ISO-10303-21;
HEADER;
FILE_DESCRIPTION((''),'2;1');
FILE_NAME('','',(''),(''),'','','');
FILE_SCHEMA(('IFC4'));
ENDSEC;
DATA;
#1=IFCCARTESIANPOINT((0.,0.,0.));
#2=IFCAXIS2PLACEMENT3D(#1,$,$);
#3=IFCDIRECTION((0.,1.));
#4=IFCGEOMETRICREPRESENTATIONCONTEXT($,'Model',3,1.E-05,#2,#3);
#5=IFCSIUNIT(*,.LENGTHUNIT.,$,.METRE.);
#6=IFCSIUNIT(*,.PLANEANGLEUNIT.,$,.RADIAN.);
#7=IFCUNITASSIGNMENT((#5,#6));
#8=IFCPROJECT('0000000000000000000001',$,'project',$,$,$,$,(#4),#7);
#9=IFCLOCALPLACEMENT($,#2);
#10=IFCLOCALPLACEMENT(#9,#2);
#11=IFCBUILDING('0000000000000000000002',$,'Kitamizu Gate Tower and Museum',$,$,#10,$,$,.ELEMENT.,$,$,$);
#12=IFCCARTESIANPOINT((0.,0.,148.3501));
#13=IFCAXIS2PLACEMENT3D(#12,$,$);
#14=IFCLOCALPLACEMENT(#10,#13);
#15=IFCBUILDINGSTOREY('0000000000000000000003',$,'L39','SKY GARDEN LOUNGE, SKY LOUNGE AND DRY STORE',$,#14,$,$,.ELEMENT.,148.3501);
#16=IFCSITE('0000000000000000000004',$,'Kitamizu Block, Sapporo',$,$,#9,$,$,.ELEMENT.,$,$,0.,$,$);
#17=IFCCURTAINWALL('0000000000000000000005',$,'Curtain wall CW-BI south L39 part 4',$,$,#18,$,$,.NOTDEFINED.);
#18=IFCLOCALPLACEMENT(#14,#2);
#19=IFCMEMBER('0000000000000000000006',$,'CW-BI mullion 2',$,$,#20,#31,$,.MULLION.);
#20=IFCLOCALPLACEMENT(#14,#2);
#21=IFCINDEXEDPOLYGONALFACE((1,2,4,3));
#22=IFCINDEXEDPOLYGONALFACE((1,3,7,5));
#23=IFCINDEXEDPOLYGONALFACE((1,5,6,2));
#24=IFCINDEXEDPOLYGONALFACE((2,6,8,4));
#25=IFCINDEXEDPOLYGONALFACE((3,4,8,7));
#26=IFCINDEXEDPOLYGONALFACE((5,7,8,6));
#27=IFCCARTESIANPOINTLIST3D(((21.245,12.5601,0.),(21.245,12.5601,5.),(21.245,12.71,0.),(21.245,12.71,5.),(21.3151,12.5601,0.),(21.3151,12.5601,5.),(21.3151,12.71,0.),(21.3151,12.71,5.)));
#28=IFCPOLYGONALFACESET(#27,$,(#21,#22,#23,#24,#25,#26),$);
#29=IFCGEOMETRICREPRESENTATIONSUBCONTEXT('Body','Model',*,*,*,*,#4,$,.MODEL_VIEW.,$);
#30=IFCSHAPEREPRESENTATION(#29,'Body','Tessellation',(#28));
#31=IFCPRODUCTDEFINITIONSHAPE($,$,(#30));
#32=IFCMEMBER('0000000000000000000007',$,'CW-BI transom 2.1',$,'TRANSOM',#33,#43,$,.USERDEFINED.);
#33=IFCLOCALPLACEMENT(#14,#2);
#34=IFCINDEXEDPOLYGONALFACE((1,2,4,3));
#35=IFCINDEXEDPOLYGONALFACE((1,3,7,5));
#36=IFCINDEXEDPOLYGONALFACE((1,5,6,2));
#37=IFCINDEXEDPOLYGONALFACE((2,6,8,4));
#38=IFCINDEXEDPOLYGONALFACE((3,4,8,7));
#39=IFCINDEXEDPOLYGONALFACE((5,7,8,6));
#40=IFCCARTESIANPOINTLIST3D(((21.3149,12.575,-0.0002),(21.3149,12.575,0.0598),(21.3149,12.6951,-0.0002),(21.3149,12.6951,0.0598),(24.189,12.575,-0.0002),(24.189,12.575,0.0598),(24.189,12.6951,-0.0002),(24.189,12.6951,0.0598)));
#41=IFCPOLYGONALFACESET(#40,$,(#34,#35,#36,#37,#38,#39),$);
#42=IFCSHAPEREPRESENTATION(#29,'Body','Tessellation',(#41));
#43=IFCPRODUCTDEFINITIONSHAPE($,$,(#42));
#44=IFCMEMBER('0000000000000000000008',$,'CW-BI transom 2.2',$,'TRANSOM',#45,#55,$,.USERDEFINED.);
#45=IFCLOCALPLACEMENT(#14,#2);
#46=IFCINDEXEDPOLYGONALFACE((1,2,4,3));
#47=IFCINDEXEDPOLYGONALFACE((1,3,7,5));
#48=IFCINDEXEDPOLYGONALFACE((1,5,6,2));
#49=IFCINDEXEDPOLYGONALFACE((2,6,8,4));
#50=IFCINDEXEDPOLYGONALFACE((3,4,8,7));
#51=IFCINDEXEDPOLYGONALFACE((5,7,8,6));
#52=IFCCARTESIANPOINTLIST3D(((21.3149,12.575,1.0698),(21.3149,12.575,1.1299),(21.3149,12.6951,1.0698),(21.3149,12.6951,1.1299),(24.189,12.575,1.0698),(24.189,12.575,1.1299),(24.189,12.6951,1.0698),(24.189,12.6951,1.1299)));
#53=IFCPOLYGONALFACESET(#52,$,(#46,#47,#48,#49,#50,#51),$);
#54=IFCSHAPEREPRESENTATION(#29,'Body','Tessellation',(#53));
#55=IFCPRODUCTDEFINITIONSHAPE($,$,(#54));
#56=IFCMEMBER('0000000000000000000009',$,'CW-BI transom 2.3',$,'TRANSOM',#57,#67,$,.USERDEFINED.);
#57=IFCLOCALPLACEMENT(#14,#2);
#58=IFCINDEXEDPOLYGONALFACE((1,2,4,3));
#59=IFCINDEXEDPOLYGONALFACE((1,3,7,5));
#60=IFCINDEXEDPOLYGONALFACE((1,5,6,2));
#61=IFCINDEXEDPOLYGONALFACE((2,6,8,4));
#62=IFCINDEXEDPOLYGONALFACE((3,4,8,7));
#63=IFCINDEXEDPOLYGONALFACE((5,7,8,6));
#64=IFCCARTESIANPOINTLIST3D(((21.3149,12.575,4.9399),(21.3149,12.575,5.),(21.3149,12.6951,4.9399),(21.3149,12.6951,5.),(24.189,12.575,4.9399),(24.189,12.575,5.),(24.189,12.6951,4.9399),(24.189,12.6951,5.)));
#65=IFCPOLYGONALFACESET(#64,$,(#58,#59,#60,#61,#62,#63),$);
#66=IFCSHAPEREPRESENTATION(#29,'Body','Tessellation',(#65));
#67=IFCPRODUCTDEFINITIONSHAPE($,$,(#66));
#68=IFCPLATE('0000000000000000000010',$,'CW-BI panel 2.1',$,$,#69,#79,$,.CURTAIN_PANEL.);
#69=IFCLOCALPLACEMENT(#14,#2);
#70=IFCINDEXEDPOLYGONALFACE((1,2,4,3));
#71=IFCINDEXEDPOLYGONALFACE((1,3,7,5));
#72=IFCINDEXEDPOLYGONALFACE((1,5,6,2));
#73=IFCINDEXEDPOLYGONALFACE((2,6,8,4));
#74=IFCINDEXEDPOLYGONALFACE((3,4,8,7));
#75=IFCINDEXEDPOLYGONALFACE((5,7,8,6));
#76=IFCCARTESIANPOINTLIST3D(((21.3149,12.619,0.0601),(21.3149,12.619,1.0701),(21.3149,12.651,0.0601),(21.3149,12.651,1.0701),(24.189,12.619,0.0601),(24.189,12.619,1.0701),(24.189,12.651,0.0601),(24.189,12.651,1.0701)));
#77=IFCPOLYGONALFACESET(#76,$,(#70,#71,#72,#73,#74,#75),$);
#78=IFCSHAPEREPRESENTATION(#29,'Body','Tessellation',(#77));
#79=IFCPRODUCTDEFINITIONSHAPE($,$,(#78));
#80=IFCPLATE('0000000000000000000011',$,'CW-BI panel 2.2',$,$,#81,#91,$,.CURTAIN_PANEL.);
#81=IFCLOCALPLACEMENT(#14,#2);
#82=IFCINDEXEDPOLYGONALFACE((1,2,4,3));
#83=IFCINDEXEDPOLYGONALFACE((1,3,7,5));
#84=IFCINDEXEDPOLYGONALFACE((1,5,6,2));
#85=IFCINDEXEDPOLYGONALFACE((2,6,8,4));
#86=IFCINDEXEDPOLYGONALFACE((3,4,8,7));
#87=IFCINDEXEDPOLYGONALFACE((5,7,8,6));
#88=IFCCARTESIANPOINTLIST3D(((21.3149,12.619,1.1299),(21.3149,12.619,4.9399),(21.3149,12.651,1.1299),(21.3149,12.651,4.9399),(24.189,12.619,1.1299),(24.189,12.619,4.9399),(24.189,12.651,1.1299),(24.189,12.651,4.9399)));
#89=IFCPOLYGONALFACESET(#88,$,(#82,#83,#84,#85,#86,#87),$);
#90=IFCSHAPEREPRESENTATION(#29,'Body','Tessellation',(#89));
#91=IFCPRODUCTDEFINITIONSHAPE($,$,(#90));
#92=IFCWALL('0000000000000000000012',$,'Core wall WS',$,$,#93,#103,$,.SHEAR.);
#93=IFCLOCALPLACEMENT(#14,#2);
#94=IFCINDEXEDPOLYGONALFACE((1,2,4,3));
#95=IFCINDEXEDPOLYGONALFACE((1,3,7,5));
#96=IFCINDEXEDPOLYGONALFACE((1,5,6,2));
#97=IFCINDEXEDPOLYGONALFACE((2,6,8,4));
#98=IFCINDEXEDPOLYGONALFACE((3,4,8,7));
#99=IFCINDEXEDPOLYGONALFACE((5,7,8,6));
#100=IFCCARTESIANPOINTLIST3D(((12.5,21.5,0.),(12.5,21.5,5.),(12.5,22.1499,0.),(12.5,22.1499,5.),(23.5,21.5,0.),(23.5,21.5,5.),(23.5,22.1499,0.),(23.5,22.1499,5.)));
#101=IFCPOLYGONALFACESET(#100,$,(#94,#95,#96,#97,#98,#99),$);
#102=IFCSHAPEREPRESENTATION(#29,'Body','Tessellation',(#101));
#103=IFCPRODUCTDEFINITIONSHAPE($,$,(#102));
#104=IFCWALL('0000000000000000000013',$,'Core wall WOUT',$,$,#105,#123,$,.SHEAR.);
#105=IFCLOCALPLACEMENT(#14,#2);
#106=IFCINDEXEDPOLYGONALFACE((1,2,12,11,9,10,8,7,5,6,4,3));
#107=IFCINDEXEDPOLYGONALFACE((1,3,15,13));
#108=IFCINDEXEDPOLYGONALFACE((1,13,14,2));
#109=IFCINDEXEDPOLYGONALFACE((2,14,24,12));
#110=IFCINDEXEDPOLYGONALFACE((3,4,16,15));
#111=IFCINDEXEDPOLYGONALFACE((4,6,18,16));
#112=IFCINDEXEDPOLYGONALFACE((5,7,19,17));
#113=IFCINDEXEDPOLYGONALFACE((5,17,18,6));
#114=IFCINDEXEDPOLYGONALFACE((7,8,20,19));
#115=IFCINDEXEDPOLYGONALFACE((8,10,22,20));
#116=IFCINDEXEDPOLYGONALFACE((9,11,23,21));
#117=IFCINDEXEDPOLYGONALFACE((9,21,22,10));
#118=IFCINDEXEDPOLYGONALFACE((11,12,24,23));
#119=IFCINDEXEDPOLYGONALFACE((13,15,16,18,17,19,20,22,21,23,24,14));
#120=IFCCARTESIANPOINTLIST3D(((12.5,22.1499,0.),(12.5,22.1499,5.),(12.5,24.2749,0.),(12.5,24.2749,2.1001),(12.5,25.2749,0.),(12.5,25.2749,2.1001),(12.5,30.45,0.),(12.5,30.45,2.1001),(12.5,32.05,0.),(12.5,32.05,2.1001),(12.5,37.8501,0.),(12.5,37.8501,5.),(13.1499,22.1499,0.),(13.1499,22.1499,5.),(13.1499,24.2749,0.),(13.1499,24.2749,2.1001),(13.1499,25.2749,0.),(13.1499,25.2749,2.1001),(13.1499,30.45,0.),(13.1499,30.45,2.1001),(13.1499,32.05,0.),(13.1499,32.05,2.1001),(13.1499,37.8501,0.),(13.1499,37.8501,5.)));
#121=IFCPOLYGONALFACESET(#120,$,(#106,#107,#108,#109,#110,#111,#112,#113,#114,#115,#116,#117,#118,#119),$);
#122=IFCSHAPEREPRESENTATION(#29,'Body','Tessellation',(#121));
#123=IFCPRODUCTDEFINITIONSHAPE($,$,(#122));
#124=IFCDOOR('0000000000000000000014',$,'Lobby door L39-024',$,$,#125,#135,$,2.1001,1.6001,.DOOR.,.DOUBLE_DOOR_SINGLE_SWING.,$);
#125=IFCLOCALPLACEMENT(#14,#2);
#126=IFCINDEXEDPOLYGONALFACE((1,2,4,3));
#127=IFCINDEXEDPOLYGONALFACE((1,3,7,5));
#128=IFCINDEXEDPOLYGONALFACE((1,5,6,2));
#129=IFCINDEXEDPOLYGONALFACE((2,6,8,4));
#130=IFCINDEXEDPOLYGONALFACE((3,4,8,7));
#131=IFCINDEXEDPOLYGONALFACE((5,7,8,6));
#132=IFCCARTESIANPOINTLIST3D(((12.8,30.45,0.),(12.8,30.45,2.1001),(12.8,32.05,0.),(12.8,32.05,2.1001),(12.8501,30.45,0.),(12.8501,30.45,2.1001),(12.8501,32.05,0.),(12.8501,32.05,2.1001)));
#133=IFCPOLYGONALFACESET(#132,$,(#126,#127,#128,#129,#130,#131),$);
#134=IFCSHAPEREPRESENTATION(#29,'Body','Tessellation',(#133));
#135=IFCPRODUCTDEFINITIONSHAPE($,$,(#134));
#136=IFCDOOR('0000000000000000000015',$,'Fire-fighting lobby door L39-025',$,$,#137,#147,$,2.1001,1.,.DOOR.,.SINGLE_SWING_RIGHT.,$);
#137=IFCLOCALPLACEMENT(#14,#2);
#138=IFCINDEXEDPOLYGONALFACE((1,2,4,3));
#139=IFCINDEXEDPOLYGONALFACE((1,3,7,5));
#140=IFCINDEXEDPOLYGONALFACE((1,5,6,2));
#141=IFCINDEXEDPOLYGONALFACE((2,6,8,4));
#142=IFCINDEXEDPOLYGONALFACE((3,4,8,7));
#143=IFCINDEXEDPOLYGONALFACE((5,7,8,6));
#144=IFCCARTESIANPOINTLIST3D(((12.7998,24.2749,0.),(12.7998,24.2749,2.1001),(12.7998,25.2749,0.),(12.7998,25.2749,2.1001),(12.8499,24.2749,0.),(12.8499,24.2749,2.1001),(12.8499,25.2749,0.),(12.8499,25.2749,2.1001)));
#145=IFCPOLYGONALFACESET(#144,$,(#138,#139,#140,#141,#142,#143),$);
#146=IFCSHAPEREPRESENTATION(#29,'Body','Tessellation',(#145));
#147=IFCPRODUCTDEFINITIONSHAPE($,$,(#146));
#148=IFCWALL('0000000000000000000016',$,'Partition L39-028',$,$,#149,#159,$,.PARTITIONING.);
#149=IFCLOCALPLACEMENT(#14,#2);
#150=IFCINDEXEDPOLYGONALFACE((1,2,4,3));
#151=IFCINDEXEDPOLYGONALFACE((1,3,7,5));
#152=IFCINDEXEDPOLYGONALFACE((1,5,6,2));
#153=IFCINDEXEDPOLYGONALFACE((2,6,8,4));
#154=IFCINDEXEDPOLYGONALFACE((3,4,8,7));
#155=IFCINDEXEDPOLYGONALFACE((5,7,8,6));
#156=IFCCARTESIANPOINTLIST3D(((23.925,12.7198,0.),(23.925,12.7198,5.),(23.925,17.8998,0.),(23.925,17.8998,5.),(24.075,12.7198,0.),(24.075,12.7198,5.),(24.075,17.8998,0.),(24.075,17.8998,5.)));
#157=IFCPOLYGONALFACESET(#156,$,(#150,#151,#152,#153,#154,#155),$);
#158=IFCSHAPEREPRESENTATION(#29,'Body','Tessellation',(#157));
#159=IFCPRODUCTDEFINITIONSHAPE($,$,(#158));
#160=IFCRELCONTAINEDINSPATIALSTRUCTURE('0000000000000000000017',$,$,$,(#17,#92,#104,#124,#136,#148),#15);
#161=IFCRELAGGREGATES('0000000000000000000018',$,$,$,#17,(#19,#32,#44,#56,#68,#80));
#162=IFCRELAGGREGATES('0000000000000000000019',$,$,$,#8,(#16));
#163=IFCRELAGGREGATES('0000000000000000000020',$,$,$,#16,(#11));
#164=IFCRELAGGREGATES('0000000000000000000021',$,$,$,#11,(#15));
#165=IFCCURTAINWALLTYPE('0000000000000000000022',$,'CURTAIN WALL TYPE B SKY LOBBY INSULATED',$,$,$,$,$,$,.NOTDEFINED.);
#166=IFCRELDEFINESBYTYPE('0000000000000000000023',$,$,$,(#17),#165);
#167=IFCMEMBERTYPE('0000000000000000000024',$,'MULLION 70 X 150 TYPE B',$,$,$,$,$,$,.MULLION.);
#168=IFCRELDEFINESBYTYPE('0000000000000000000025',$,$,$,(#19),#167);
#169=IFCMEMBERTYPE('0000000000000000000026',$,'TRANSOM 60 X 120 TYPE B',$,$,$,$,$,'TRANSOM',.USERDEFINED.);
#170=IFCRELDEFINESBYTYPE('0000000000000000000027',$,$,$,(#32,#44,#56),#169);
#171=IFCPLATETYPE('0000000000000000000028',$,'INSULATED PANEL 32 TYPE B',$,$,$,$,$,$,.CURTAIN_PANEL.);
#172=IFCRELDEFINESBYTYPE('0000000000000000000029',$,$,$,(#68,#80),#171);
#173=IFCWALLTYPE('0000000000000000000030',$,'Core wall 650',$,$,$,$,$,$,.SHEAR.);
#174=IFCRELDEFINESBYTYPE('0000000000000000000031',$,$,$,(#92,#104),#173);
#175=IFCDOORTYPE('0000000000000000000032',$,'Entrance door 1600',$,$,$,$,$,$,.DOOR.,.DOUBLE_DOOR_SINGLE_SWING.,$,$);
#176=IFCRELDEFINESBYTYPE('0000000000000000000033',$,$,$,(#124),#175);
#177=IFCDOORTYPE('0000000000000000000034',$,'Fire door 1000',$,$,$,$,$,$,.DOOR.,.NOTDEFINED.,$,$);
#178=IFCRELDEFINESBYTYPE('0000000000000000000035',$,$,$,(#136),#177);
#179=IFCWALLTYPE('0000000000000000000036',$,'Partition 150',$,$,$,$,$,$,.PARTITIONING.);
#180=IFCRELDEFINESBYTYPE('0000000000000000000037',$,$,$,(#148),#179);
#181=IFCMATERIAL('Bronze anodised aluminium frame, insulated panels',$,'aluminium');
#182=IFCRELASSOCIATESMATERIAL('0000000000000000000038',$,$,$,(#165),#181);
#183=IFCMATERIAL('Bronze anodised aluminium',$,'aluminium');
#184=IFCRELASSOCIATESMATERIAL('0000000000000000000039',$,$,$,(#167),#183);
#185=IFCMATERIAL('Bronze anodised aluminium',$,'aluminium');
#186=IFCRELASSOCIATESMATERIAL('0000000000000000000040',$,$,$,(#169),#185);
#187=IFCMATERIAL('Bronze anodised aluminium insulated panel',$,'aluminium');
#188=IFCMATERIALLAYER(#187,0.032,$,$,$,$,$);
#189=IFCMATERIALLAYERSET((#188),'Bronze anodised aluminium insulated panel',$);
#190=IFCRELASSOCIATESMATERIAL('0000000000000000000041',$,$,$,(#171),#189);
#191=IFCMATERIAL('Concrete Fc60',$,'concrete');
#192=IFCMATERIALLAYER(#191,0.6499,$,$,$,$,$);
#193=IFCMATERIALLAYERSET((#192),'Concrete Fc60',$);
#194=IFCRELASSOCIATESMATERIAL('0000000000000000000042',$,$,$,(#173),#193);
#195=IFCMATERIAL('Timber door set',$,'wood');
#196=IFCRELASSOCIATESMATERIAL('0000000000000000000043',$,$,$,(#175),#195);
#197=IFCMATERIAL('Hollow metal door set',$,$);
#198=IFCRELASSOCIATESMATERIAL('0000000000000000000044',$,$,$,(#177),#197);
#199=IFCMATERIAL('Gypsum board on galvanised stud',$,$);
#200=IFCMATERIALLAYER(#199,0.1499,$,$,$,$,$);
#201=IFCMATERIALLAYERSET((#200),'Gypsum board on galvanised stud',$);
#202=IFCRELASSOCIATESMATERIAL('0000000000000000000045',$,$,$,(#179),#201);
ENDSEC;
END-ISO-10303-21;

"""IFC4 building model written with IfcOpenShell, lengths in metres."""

from ifc_helpers import new_model, si_unit, direction, frame, frame_2d, origin, origin_2d, place, context, subcontext, project, spatial, rectangle, extrude, material, layer, layer_set, material_profile, profile_set, type_object, element, fill, aggregate, save


model = new_model("IFC4")

# Units and contexts
model_context = context("Model", 3, precision=1e-05, world=origin(), true_north=direction((0.0, 1.0)))
body_context = subcontext(model_context, "Body", "Model", "MODEL_VIEW")
ifc_project = project(units=[si_unit("LENGTHUNIT", "METRE"), si_unit("PLANEANGLEUNIT", "RADIAN")], contexts=[model_context])

# Site, building, storey
site_placement = place(None, origin())
site = spatial("IfcSite", under=ifc_project, at=site_placement, Name="Kitamizu Block, Sapporo", CompositionType="ELEMENT", RefElevation=0.0)
building_placement = place(site_placement, origin())
building = spatial("IfcBuilding", under=site, at=building_placement, Name="Kitamizu Gate Tower and Museum", CompositionType="ELEMENT")
storey_placement = place(building_placement, frame((0.0, 0.0, 148.3501)))
storey = spatial("IfcBuildingStorey", under=building, at=storey_placement, Name="L39", Description="SKY GARDEN LOUNGE, SKY LOUNGE AND DRY STORE", CompositionType="ELEMENT", Elevation=148.3501)

# Curtain wall, members, plates
ifc_material_1 = material(Name="Bronze anodised aluminium frame, insulated panels", Category="aluminium")
curtain_wall_type = type_object("IfcCurtainWallType", Name="CURTAIN WALL TYPE B SKY LOBBY INSULATED", PredefinedType="NOTDEFINED", material=ifc_material_1)
curtain_wall_placement = place(storey_placement, origin())
curtain_wall = element("IfcCurtainWall", 1, at=curtain_wall_placement, inside=storey, type_object=curtain_wall_type, Name="Curtain wall CW-BI south L39 part 4", PredefinedType="NOTDEFINED")
ifc_material_2 = material(Name="Bronze anodised aluminium", Category="aluminium")
ifc_material_profile_1 = material_profile(ifc_material_2, rectangle(XDim=0.0701, YDim=0.1499, at=origin_2d()), Name="AL 70X150")
ifc_profile_set_1 = profile_set([ifc_material_profile_1], Name="Bronze anodised aluminium")
member_type_1 = type_object("IfcMemberType", Name="MULLION 70 X 150 TYPE B", PredefinedType="MULLION", material=ifc_profile_set_1)
member_1_placement = place(storey_placement, frame((21.28, 12.635, 0.0), z_axis=(0.0, 0.0, 1.0), x_axis=(1.0, 0.0, 0.0)))
member_1 = element("IfcMember", 2, at=member_1_placement, type_object=member_type_1, Name="CW-BI mullion 2", PredefinedType="MULLION", context=body_context, shape_type="SweptSolid", body=[
    extrude(rectangle(XDim=0.0701, YDim=0.1499, at=origin_2d()), origin(), (0.0, 0.0, 1.0), 5.0),
])
ifc_material_3 = material(Name="Bronze anodised aluminium", Category="aluminium")
ifc_material_profile_2 = material_profile(ifc_material_3, rectangle(XDim=0.1201, YDim=0.0601, at=origin_2d()), Name="AL 60X120")
ifc_profile_set_2 = profile_set([ifc_material_profile_2], Name="Bronze anodised aluminium")
member_type_2 = type_object("IfcMemberType", Name="TRANSOM 60 X 120 TYPE B", ElementType="TRANSOM", PredefinedType="USERDEFINED", material=ifc_profile_set_2)
member_2_placement = place(storey_placement, frame((21.3149, 12.635, 0.0298), z_axis=(1.0, 0.0, 0.0), x_axis=(0.0, 1.0, 0.0)))
member_2 = element("IfcMember", 3, at=member_2_placement, type_object=member_type_2, Name="CW-BI transom 2.1", ObjectType="TRANSOM", PredefinedType="USERDEFINED", context=body_context, shape_type="SweptSolid", body=[
    extrude(rectangle(XDim=0.1201, YDim=0.0601, at=origin_2d()), origin(), (0.0, 0.0, 1.0), 2.874),
])
member_3_placement = place(storey_placement, frame((21.3149, 12.635, 1.0999), z_axis=(1.0, 0.0, 0.0), x_axis=(0.0, 1.0, 0.0)))
member_3 = element("IfcMember", 4, at=member_3_placement, type_object=member_type_2, Name="CW-BI transom 2.2", ObjectType="TRANSOM", PredefinedType="USERDEFINED", context=body_context, shape_type="SweptSolid", body=[
    extrude(rectangle(XDim=0.1201, YDim=0.0601, at=origin_2d()), origin(), (0.0, 0.0, 1.0), 2.874),
])
member_4_placement = place(storey_placement, frame((21.3149, 12.635, 4.97), z_axis=(1.0, 0.0, 0.0), x_axis=(0.0, 1.0, 0.0)))
member_4 = element("IfcMember", 5, at=member_4_placement, type_object=member_type_2, Name="CW-BI transom 2.3", ObjectType="TRANSOM", PredefinedType="USERDEFINED", context=body_context, shape_type="SweptSolid", body=[
    extrude(rectangle(XDim=0.1201, YDim=0.0601, at=origin_2d()), origin(), (0.0, 0.0, 1.0), 2.874),
])
ifc_material_4 = material(Name="Bronze anodised aluminium insulated panel", Category="aluminium")
ifc_layer_1 = layer(ifc_material_4, 0.032)
ifc_layer_set_1 = layer_set([ifc_layer_1], Name="Bronze anodised aluminium insulated panel")
plate_type = type_object("IfcPlateType", Name="INSULATED PANEL 32 TYPE B", PredefinedType="CURTAIN_PANEL", material=ifc_layer_set_1)
plate_1_placement = place(storey_placement, frame((22.752, 12.635, 0.0601), z_axis=(0.0, 0.0, 1.0), x_axis=(1.0, 0.0, 0.0)))
plate_1 = element("IfcPlate", 6, at=plate_1_placement, type_object=plate_type, Name="CW-BI panel 2.1", PredefinedType="CURTAIN_PANEL", context=body_context, shape_type="SweptSolid", body=[
    extrude(rectangle(XDim=2.874, YDim=0.032, at=origin_2d()), origin(), (0.0, 0.0, 1.0), 1.01),
])
plate_2_placement = place(storey_placement, frame((22.752, 12.635, 1.1299), z_axis=(0.0, 0.0, 1.0), x_axis=(1.0, 0.0, 0.0)))
plate_2 = element("IfcPlate", 7, at=plate_2_placement, type_object=plate_type, Name="CW-BI panel 2.2", PredefinedType="CURTAIN_PANEL", context=body_context, shape_type="SweptSolid", body=[
    extrude(rectangle(XDim=2.874, YDim=0.032, at=origin_2d()), origin(), (0.0, 0.0, 1.0), 3.8101),
])
aggregate(curtain_wall, [member_1, member_2, member_3, member_4, plate_1, plate_2])

# Wall
ifc_material_5 = material(Name="Concrete Fc60", Category="concrete")
ifc_layer_2 = layer(ifc_material_5, 0.6499)
ifc_layer_set_2 = layer_set([ifc_layer_2], Name="Concrete Fc60")
wall_type_1 = type_object("IfcWallType", Name="Core wall 650", PredefinedType="SHEAR", material=ifc_layer_set_2)
wall_1_placement = place(storey_placement, frame((12.5, 21.825, 0.0), z_axis=(0.0, 0.0, 1.0), x_axis=(1.0, 0.0, 0.0)))
element("IfcWall", 8, at=wall_1_placement, inside=storey, type_object=wall_type_1, Name="Core wall WS", PredefinedType="SHEAR", context=body_context, shape_type="SweptSolid", body=[
    extrude(rectangle(XDim=11.0, YDim=0.6499, at=frame_2d((5.5, 0.0))), origin(), (0.0, 0.0, 1.0), 5.0),
])

# Wall, openings, doors
wall_2_placement = place(storey_placement, frame((12.825, 22.1499, 0.0), z_axis=(0.0, 0.0, 1.0), x_axis=(0.0, 1.0, 0.0)))
wall_2 = element("IfcWall", 9, at=wall_2_placement, inside=storey, type_object=wall_type_1, Name="Core wall WOUT", PredefinedType="SHEAR", context=body_context, shape_type="SweptSolid", body=[
    extrude(rectangle(XDim=15.7002, YDim=0.6499, at=frame_2d((7.8501, 0.0))), origin(), (0.0, 0.0, 1.0), 5.0),
])
opening_1_placement = place(wall_2_placement, frame((8.3, 0.0, 0.0)))
opening_1 = element("IfcOpeningElement", 10, at=opening_1_placement, cuts=wall_2, PredefinedType="OPENING", context=body_context, shape_type="SweptSolid", body=[
    extrude(rectangle(XDim=1.6001, YDim=2.1001, at=frame_2d((0.8, 1.05))), frame((0.0, 0.335, 0.0), z_axis=(0.0, -1.0, 0.0), x_axis=(1.0, 0.0, 0.0)), (0.0, 0.0, 1.0), 0.6699),
])
opening_2_placement = place(wall_2_placement, frame((2.125, 0.0, 0.0)))
opening_2 = element("IfcOpeningElement", 11, at=opening_2_placement, cuts=wall_2, PredefinedType="OPENING", context=body_context, shape_type="SweptSolid", body=[
    extrude(rectangle(XDim=1.0, YDim=2.1001, at=frame_2d((0.5, 1.05))), frame((0.0, 0.335, 0.0), z_axis=(0.0, -1.0, 0.0), x_axis=(1.0, 0.0, 0.0)), (0.0, 0.0, 1.0), 0.6699),
])
ifc_material_6 = material(Name="Timber door set", Category="wood")
door_type_1 = type_object("IfcDoorType", Name="Entrance door 1600", OperationType="DOUBLE_DOOR_SINGLE_SWING", PredefinedType="DOOR", material=ifc_material_6)
door_1_placement = place(opening_1_placement, origin())
door_1 = element("IfcDoor", 12, at=door_1_placement, inside=storey, type_object=door_type_1, Name="Lobby door L39-024", OperationType="DOUBLE_DOOR_SINGLE_SWING", OverallHeight=2.1001, OverallWidth=1.6001, PredefinedType="DOOR", context=body_context, shape_type="SweptSolid", body=[
    extrude(rectangle(XDim=1.6001, YDim=2.1001, at=frame_2d((0.8, 1.05))), frame((0.0, 0.0249, 0.0), z_axis=(0.0, -1.0, 0.0), x_axis=(1.0, 0.0, 0.0)), (0.0, 0.0, 1.0), 0.05),
])
fill(opening_1, door_1)
ifc_material_7 = material(Name="Hollow metal door set")
door_type_2 = type_object("IfcDoorType", Name="Fire door 1000", OperationType="NOTDEFINED", PredefinedType="DOOR", material=ifc_material_7)
door_2_placement = place(opening_2_placement, frame((1.0, 0.0, 0.0), x_axis=(-1.0, 0.0, 0.0)))
door_2 = element("IfcDoor", 13, at=door_2_placement, inside=storey, type_object=door_type_2, Name="Fire-fighting lobby door L39-025", OperationType="SINGLE_SWING_RIGHT", OverallHeight=2.1001, OverallWidth=1.0, PredefinedType="DOOR", context=body_context, shape_type="SweptSolid", body=[
    extrude(rectangle(XDim=1.0, YDim=2.1001, at=frame_2d((0.5, 1.05))), frame((0.0, 0.0249, 0.0), z_axis=(0.0, -1.0, 0.0), x_axis=(1.0, 0.0, 0.0)), (0.0, 0.0, 1.0), 0.05),
])
fill(opening_2, door_2)

# Wall
ifc_material_8 = material(Name="Gypsum board on galvanised stud")
ifc_layer_3 = layer(ifc_material_8, 0.1499)
ifc_layer_set_3 = layer_set([ifc_layer_3], Name="Gypsum board on galvanised stud")
wall_type_2 = type_object("IfcWallType", Name="Partition 150", PredefinedType="PARTITIONING", material=ifc_layer_set_3)
wall_3_placement = place(storey_placement, frame((24.0, 12.72, 0.0), z_axis=(0.0, 0.0, 1.0), x_axis=(0.0, 1.0, 0.0)))
element("IfcWall", 14, at=wall_3_placement, inside=storey, type_object=wall_type_2, Name="Partition L39-028", PredefinedType="PARTITIONING", context=body_context, shape_type="SweptSolid", body=[
    extrude(rectangle(XDim=5.1799, YDim=0.1499, at=frame_2d((2.5898, 0.0))), origin(), (0.0, 0.0, 1.0), 5.0),
])

save(model, "model.ifc")
